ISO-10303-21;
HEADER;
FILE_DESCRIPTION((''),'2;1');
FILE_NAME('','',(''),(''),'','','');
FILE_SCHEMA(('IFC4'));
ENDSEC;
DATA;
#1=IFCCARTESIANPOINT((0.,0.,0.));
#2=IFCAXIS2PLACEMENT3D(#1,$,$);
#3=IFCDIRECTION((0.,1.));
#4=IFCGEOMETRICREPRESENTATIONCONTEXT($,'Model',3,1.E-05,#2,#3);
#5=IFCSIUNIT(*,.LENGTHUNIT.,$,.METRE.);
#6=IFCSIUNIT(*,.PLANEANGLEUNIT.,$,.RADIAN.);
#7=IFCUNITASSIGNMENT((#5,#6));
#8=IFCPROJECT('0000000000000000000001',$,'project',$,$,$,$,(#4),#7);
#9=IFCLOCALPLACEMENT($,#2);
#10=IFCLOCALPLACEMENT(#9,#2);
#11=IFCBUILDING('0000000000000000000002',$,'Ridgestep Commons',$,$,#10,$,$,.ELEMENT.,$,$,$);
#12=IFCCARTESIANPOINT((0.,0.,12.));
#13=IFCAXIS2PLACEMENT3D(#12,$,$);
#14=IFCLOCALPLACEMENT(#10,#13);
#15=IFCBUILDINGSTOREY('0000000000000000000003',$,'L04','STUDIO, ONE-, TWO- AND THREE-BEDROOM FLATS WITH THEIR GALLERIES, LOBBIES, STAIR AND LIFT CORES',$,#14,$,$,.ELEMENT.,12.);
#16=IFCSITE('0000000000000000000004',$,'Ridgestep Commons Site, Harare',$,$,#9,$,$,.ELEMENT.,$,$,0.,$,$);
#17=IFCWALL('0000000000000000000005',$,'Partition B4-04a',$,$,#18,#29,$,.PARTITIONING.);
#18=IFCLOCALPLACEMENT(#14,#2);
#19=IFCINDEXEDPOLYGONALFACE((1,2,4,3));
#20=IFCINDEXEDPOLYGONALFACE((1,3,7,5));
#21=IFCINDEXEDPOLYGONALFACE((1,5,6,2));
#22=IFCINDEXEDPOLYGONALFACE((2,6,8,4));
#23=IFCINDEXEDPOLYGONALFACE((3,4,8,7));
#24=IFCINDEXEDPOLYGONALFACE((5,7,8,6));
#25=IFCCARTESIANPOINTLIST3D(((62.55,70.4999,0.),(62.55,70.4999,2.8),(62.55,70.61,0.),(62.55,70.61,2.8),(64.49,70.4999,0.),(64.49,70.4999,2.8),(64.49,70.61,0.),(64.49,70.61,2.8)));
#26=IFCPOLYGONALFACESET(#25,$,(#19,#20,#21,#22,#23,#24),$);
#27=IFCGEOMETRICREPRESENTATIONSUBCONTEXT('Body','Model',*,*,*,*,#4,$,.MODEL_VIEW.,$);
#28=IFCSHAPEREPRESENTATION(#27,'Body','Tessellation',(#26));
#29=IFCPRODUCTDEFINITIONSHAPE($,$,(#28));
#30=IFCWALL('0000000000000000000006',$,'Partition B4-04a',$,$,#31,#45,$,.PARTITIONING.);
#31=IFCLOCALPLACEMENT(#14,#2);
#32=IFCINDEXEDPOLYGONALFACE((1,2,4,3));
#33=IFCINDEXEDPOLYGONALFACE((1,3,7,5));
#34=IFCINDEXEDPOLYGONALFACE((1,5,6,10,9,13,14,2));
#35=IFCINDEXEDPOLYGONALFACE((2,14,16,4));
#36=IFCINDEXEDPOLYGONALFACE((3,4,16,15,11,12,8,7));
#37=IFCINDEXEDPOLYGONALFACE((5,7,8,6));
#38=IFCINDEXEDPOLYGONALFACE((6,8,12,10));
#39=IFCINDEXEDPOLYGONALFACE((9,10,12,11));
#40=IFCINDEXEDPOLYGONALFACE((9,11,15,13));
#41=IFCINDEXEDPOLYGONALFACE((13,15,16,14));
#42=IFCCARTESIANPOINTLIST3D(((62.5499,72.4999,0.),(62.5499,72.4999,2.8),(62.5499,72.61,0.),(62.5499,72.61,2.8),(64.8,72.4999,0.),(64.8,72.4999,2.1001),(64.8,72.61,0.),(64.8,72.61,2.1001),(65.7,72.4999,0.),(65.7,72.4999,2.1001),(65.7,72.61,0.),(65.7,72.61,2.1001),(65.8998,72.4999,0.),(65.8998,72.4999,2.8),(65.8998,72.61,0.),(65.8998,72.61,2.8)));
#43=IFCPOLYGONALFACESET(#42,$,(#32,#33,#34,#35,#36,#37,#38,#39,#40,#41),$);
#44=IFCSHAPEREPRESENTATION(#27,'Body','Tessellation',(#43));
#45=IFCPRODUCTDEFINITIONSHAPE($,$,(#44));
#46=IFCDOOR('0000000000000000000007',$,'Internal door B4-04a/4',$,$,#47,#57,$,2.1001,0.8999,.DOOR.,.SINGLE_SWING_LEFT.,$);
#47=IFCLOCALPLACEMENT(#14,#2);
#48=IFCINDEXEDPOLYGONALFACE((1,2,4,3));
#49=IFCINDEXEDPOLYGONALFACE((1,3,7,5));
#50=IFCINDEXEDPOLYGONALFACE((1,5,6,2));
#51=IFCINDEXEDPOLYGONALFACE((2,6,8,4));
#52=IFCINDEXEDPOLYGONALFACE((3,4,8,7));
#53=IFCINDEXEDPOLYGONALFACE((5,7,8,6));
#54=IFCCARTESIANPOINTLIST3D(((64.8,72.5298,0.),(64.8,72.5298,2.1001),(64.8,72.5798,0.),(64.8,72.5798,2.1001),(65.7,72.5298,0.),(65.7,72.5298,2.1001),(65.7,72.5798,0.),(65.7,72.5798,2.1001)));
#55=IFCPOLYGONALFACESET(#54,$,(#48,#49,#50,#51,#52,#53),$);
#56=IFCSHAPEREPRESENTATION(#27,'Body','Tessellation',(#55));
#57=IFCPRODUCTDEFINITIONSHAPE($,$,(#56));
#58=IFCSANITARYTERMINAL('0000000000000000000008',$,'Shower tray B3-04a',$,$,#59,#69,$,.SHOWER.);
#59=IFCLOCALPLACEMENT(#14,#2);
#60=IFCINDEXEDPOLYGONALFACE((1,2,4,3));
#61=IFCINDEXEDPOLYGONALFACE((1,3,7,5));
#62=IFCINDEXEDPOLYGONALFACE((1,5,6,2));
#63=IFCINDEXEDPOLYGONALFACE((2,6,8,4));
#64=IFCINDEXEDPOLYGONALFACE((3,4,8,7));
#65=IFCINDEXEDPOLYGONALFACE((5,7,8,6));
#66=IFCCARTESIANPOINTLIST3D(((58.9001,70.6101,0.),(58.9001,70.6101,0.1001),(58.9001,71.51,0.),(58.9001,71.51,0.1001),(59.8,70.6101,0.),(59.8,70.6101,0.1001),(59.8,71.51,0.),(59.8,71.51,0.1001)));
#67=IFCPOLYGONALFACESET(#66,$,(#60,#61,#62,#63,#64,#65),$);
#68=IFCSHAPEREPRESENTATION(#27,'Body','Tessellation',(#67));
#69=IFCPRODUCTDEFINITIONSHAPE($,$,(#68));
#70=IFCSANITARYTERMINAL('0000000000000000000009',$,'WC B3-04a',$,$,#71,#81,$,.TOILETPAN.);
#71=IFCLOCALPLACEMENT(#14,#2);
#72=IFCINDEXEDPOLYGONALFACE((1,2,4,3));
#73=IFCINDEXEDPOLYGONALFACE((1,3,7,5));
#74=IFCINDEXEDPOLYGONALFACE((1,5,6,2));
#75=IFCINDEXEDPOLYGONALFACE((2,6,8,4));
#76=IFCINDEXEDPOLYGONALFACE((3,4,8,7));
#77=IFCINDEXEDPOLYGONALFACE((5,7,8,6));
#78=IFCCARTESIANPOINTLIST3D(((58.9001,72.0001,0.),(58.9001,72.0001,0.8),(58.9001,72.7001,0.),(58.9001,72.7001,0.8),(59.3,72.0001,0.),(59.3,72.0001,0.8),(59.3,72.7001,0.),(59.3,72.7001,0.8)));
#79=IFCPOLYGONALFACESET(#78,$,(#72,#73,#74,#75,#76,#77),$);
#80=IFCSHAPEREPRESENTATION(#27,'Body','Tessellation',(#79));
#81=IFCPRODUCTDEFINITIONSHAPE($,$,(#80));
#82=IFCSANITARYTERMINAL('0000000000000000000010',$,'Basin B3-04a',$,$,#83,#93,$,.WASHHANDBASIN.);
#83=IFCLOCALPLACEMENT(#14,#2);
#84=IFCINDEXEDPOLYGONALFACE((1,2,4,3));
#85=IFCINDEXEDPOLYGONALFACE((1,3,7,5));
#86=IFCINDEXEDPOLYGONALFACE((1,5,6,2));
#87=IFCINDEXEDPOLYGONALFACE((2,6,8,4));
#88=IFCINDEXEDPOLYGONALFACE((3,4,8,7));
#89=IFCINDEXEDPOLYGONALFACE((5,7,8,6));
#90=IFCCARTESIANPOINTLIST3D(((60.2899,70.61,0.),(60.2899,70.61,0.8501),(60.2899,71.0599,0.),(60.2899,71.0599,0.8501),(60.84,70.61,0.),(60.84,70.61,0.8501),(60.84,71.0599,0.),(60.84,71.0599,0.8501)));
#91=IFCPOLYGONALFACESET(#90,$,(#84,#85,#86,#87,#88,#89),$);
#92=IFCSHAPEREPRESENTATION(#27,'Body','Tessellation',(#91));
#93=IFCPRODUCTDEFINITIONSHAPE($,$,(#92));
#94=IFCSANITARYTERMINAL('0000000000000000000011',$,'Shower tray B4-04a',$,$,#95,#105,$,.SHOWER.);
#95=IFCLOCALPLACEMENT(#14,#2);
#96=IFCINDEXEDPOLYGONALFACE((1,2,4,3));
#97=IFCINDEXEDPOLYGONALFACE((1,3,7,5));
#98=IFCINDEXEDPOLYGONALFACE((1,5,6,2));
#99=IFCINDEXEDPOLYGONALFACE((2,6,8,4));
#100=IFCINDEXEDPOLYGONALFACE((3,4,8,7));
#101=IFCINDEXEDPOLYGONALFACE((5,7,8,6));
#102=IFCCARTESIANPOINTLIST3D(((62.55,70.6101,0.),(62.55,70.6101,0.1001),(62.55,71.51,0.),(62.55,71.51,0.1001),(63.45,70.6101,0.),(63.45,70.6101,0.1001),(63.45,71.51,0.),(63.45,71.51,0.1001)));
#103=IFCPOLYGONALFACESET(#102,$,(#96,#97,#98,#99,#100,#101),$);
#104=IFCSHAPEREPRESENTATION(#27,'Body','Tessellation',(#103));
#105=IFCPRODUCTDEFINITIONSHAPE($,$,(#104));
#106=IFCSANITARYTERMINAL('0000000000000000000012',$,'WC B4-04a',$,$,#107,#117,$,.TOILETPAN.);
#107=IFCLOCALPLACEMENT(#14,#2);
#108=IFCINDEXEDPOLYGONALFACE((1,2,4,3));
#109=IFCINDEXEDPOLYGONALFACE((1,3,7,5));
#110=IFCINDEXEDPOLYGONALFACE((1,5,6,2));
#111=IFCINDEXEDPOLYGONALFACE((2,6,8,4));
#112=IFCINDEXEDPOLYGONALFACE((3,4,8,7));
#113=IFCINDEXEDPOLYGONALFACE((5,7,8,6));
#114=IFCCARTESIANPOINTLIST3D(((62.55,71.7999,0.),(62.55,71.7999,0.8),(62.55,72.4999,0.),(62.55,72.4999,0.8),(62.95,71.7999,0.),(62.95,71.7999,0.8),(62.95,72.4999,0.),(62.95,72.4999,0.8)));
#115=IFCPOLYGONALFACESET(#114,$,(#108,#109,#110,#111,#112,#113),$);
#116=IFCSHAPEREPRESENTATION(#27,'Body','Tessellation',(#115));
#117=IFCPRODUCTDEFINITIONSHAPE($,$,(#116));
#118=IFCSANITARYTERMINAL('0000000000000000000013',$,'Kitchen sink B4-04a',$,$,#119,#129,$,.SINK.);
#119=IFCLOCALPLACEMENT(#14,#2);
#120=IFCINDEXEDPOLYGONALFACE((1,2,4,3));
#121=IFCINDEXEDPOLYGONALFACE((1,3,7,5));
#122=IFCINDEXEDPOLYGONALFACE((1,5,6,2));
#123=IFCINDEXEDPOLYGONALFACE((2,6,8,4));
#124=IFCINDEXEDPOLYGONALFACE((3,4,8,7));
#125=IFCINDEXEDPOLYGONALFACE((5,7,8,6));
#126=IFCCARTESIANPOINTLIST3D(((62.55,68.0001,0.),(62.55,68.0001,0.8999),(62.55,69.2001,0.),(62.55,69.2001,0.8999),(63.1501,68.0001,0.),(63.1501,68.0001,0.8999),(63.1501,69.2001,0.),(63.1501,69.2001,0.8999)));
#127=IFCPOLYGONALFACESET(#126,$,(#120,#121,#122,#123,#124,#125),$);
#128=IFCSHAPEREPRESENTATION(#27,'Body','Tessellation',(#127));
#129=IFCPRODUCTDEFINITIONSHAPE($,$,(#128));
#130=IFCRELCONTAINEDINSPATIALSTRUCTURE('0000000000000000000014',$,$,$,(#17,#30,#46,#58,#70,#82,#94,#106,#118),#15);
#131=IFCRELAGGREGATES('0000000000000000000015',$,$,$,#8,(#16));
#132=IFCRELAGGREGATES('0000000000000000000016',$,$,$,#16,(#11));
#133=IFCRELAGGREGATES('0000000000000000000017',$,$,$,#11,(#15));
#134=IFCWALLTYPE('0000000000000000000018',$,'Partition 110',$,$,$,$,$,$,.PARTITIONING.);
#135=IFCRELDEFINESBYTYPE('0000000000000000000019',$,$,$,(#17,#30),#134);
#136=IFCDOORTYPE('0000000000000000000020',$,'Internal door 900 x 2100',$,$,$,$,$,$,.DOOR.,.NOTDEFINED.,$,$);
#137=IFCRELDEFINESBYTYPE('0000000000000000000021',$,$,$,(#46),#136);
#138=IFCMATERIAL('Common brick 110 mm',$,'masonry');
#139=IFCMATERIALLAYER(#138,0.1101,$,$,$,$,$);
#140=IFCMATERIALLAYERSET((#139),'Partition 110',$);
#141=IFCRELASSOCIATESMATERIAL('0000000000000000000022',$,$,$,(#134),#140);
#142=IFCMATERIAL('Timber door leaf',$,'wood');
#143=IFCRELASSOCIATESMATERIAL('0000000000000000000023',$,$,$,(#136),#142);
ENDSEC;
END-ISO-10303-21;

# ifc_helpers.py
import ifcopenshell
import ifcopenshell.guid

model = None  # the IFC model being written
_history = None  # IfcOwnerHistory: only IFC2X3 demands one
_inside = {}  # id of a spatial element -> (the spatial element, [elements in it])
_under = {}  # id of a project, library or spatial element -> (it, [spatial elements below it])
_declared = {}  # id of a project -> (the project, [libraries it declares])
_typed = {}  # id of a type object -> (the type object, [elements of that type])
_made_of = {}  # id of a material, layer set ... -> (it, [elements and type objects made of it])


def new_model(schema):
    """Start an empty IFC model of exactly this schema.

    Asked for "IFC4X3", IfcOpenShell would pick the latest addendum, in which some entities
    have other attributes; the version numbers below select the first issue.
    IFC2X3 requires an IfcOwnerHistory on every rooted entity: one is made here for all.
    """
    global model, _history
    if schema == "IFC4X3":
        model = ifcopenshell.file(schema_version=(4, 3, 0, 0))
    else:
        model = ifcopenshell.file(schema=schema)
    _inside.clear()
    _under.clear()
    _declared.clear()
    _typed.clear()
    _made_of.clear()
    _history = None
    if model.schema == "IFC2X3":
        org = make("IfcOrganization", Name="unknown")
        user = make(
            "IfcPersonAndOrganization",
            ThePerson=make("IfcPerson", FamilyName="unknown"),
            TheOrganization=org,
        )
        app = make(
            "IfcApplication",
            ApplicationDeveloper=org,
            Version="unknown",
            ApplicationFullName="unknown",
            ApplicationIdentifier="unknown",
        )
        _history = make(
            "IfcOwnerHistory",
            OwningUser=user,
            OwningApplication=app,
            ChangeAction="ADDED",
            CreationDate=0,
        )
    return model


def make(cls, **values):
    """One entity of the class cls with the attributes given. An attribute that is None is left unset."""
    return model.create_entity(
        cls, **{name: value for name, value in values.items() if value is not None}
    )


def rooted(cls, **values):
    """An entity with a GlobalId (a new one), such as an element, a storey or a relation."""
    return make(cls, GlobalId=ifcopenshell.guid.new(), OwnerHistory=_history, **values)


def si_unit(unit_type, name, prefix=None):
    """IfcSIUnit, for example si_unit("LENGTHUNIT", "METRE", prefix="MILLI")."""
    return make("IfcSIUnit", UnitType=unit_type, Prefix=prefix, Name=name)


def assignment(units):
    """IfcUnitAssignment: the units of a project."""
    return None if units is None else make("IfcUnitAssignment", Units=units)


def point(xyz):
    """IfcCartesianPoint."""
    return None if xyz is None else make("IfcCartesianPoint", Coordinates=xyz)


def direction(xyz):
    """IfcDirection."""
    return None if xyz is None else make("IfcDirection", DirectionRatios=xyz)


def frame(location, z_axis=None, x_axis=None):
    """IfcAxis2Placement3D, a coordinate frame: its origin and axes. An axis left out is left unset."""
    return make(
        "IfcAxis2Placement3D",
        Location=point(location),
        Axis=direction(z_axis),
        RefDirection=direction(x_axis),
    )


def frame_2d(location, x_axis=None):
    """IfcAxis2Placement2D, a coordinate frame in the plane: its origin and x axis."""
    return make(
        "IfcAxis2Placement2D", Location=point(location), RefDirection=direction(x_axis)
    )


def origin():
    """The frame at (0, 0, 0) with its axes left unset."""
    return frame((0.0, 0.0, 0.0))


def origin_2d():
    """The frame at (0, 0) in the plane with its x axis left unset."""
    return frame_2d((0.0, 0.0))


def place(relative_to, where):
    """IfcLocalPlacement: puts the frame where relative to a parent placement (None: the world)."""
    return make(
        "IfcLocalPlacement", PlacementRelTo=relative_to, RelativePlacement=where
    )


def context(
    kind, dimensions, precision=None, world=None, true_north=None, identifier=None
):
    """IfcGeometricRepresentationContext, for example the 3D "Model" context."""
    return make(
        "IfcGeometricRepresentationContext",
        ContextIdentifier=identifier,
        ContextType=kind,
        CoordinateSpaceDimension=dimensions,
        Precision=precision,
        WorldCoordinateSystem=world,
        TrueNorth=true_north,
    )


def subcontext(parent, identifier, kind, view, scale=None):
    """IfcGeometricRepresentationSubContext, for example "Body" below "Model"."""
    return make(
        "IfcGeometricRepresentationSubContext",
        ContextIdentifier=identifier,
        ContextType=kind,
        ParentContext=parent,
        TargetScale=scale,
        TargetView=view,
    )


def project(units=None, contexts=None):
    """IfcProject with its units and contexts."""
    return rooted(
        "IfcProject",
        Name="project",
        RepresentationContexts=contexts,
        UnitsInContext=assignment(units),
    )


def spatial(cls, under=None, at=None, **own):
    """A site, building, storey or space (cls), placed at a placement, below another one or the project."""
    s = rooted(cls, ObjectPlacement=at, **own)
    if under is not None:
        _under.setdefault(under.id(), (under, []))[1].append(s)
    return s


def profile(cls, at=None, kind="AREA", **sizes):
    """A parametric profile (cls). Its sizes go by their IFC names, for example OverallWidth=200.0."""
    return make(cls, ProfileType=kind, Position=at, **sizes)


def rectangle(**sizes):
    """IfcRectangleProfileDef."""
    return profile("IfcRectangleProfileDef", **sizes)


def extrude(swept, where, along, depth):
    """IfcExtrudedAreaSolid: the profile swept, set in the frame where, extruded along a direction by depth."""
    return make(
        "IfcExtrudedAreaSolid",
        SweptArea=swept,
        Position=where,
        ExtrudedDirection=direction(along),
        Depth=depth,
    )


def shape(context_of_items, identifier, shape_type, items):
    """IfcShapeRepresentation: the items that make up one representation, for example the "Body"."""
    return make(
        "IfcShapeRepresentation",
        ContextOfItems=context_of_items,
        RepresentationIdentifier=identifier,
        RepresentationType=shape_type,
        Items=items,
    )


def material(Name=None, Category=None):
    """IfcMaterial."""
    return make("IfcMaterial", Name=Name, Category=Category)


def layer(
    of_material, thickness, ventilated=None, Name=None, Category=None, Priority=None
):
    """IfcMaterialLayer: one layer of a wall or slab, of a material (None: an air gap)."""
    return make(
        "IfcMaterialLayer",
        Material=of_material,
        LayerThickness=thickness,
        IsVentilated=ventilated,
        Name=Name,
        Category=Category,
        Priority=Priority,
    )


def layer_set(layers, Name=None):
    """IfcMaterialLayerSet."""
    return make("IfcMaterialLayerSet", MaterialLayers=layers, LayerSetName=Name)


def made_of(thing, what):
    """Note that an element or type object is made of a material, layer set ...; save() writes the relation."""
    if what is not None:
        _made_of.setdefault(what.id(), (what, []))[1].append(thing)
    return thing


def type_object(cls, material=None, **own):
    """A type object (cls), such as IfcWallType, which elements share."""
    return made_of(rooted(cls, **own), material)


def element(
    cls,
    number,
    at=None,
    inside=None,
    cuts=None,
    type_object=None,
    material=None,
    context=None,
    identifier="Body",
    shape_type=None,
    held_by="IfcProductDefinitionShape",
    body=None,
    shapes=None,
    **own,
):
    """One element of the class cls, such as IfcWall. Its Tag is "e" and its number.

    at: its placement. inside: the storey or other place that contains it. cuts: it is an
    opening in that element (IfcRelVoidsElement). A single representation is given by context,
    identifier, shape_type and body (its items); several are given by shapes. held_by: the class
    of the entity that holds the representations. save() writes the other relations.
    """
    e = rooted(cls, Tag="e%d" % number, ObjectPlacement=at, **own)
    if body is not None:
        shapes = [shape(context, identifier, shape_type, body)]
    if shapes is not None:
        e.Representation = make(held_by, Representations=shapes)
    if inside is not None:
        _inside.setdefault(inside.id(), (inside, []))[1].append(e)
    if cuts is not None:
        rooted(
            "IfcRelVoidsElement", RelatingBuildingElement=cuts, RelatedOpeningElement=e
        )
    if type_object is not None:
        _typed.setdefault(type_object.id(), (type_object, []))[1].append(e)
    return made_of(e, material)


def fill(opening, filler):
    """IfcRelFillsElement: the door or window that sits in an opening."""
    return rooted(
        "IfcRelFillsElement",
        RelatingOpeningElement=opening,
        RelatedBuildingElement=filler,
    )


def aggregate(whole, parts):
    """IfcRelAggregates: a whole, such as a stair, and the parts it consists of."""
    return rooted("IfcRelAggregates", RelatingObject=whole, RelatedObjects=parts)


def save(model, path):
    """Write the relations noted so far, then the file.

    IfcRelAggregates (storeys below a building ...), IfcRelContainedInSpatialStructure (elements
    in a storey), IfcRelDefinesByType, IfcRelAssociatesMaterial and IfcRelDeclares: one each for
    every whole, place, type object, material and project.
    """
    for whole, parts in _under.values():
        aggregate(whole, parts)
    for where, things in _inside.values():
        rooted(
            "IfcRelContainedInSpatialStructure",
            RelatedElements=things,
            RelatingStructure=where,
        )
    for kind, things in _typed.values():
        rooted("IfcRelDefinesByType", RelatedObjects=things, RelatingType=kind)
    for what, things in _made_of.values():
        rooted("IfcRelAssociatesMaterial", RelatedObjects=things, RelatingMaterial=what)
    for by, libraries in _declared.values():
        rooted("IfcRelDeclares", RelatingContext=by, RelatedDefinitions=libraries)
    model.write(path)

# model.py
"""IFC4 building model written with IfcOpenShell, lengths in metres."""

from ifc_helpers import new_model, si_unit, direction, frame, frame_2d, origin, origin_2d, place, context, subcontext, project, spatial, rectangle, extrude, material, layer, layer_set, type_object, element, fill, save


model = new_model("IFC4")

# Units and contexts
model_context = context("Model", 3, precision=1e-05, world=origin(), true_north=direction((0.0, 1.0)))
body_context = subcontext(model_context, "Body", "Model", "MODEL_VIEW")
ifc_project = project(units=[si_unit("LENGTHUNIT", "METRE"), si_unit("PLANEANGLEUNIT", "RADIAN")], contexts=[model_context])

# Site, building, storey
site_placement = place(None, origin())
site = spatial("IfcSite", under=ifc_project, at=site_placement, Name="Ridgestep Commons Site, Harare", CompositionType="ELEMENT", RefElevation=0.0)
building_placement = place(site_placement, origin())
building = spatial("IfcBuilding", under=site, at=building_placement, Name="Ridgestep Commons", CompositionType="ELEMENT")
storey_placement = place(building_placement, frame((0.0, 0.0, 12.0)))
storey = spatial("IfcBuildingStorey", under=building, at=storey_placement, Name="L04", Description="STUDIO, ONE-, TWO- AND THREE-BEDROOM FLATS WITH THEIR GALLERIES, LOBBIES, STAIR AND LIFT CORES", CompositionType="ELEMENT", Elevation=12.0)

# Shared definitions
ifc_material_1 = material(Name="Common brick 110 mm", Category="masonry")
ifc_layer_1 = layer(ifc_material_1, 0.1101)
ifc_layer_set_1 = layer_set([ifc_layer_1], Name="Partition 110")
wall_type_1 = type_object("IfcWallType", Name="Partition 110", PredefinedType="PARTITIONING", material=ifc_layer_set_1)

# Shared definitions
ifc_material_2 = material(Name="Timber door leaf", Category="wood")
door_type_1 = type_object("IfcDoorType", Name="Internal door 900 x 2100", OperationType="NOTDEFINED", PredefinedType="DOOR", material=ifc_material_2)

# Wall
wall_1_placement = place(storey_placement, frame((62.55, 70.5549, 0.0), z_axis=(0.0, 0.0, 1.0), x_axis=(1.0, 0.0, 0.0)))
element("IfcWall", 1, at=wall_1_placement, inside=storey, type_object=wall_type_1, Name="Partition B4-04a", PredefinedType="PARTITIONING", context=body_context, shape_type="SweptSolid", body=[
    extrude(rectangle(XDim=1.9399, YDim=0.1101, at=frame_2d((0.97, 0.0))), origin(), (0.0, 0.0, 1.0), 2.8),
])

# Wall, opening, door
wall_2_placement = place(storey_placement, frame((62.55, 72.5549, 0.0), z_axis=(0.0, 0.0, 1.0), x_axis=(1.0, 0.0, 0.0)))
wall_2 = element("IfcWall", 2, at=wall_2_placement, inside=storey, type_object=wall_type_1, Name="Partition B4-04a", PredefinedType="PARTITIONING", context=body_context, shape_type="SweptSolid", body=[
    extrude(rectangle(XDim=3.3499, YDim=0.1101, at=frame_2d((1.6748, 0.0))), origin(), (0.0, 0.0, 1.0), 2.8),
])
opening_1_placement = place(wall_2_placement, frame((2.25, 0.0, 0.0)))
opening_1 = element("IfcOpeningElement", 3, at=opening_1_placement, cuts=wall_2, PredefinedType="OPENING", context=body_context, shape_type="SweptSolid", body=[
    extrude(rectangle(XDim=0.8999, YDim=2.1001, at=frame_2d((0.45, 1.05))), frame((0.0, 0.0649, 0.0), z_axis=(0.0, -1.0, 0.0), x_axis=(1.0, 0.0, 0.0)), (0.0, 0.0, 1.0), 0.1301),
])
door_1_placement = place(opening_1_placement, origin())
door_1 = element("IfcDoor", 4, at=door_1_placement, inside=storey, type_object=door_type_1, Name="Internal door B4-04a/4", OperationType="SINGLE_SWING_LEFT", OverallHeight=2.1001, OverallWidth=0.8999, PredefinedType="DOOR", context=body_context, shape_type="SweptSolid", body=[
    extrude(rectangle(XDim=0.8999, YDim=2.1001, at=frame_2d((0.45, 1.05))), frame((0.0, 0.0249, 0.0), z_axis=(0.0, -1.0, 0.0), x_axis=(1.0, 0.0, 0.0)), (0.0, 0.0, 1.0), 0.05),
])
fill(opening_1, door_1)

# Sanitary terminals
sanitary_terminal_1_placement = place(storey_placement, frame((59.3501, 71.0601, 0.0), z_axis=(0.0, 0.0, 1.0), x_axis=(1.0, 0.0, 0.0)))
element("IfcSanitaryTerminal", 5, at=sanitary_terminal_1_placement, inside=storey, Name="Shower tray B3-04a", PredefinedType="SHOWER", context=body_context, shape_type="SweptSolid", body=[
    extrude(rectangle(XDim=0.8999, YDim=0.8999, at=origin_2d()), origin(), (0.0, 0.0, 1.0), 0.1001),
])
sanitary_terminal_2_placement = place(storey_placement, frame((59.1001, 72.3501, 0.0), z_axis=(0.0, 0.0, 1.0), x_axis=(1.0, 0.0, 0.0)))
element("IfcSanitaryTerminal", 6, at=sanitary_terminal_2_placement, inside=storey, Name="WC B3-04a", PredefinedType="TOILETPAN", context=body_context, shape_type="SweptSolid", body=[
    extrude(rectangle(XDim=0.3999, YDim=0.7, at=origin_2d()), origin(), (0.0, 0.0, 1.0), 0.8),
])
sanitary_terminal_3_placement = place(storey_placement, frame((60.5649, 70.835, 0.0), z_axis=(0.0, 0.0, 1.0), x_axis=(1.0, 0.0, 0.0)))
element("IfcSanitaryTerminal", 7, at=sanitary_terminal_3_placement, inside=storey, Name="Basin B3-04a", PredefinedType="WASHHANDBASIN", context=body_context, shape_type="SweptSolid", body=[
    extrude(rectangle(XDim=0.55, YDim=0.45, at=origin_2d()), origin(), (0.0, 0.0, 1.0), 0.8501),
])
sanitary_terminal_4_placement = place(storey_placement, frame((63.0, 71.0601, 0.0), z_axis=(0.0, 0.0, 1.0), x_axis=(1.0, 0.0, 0.0)))
element("IfcSanitaryTerminal", 8, at=sanitary_terminal_4_placement, inside=storey, Name="Shower tray B4-04a", PredefinedType="SHOWER", context=body_context, shape_type="SweptSolid", body=[
    extrude(rectangle(XDim=0.8999, YDim=0.8999, at=origin_2d()), origin(), (0.0, 0.0, 1.0), 0.1001),
])
sanitary_terminal_5_placement = place(storey_placement, frame((62.75, 72.1499, 0.0), z_axis=(0.0, 0.0, 1.0), x_axis=(1.0, 0.0, 0.0)))
element("IfcSanitaryTerminal", 9, at=sanitary_terminal_5_placement, inside=storey, Name="WC B4-04a", PredefinedType="TOILETPAN", context=body_context, shape_type="SweptSolid", body=[
    extrude(rectangle(XDim=0.3999, YDim=0.7, at=origin_2d()), origin(), (0.0, 0.0, 1.0), 0.8),
])
sanitary_terminal_6_placement = place(storey_placement, frame((62.8501, 68.6001, 0.0), z_axis=(0.0, 0.0, 1.0), x_axis=(1.0, 0.0, 0.0)))
element("IfcSanitaryTerminal", 10, at=sanitary_terminal_6_placement, inside=storey, Name="Kitchen sink B4-04a", PredefinedType="SINK", context=body_context, shape_type="SweptSolid", body=[
    extrude(rectangle(XDim=0.6001, YDim=1.2, at=origin_2d()), origin(), (0.0, 0.0, 1.0), 0.8999),
])

save(model, "model.ifc")
